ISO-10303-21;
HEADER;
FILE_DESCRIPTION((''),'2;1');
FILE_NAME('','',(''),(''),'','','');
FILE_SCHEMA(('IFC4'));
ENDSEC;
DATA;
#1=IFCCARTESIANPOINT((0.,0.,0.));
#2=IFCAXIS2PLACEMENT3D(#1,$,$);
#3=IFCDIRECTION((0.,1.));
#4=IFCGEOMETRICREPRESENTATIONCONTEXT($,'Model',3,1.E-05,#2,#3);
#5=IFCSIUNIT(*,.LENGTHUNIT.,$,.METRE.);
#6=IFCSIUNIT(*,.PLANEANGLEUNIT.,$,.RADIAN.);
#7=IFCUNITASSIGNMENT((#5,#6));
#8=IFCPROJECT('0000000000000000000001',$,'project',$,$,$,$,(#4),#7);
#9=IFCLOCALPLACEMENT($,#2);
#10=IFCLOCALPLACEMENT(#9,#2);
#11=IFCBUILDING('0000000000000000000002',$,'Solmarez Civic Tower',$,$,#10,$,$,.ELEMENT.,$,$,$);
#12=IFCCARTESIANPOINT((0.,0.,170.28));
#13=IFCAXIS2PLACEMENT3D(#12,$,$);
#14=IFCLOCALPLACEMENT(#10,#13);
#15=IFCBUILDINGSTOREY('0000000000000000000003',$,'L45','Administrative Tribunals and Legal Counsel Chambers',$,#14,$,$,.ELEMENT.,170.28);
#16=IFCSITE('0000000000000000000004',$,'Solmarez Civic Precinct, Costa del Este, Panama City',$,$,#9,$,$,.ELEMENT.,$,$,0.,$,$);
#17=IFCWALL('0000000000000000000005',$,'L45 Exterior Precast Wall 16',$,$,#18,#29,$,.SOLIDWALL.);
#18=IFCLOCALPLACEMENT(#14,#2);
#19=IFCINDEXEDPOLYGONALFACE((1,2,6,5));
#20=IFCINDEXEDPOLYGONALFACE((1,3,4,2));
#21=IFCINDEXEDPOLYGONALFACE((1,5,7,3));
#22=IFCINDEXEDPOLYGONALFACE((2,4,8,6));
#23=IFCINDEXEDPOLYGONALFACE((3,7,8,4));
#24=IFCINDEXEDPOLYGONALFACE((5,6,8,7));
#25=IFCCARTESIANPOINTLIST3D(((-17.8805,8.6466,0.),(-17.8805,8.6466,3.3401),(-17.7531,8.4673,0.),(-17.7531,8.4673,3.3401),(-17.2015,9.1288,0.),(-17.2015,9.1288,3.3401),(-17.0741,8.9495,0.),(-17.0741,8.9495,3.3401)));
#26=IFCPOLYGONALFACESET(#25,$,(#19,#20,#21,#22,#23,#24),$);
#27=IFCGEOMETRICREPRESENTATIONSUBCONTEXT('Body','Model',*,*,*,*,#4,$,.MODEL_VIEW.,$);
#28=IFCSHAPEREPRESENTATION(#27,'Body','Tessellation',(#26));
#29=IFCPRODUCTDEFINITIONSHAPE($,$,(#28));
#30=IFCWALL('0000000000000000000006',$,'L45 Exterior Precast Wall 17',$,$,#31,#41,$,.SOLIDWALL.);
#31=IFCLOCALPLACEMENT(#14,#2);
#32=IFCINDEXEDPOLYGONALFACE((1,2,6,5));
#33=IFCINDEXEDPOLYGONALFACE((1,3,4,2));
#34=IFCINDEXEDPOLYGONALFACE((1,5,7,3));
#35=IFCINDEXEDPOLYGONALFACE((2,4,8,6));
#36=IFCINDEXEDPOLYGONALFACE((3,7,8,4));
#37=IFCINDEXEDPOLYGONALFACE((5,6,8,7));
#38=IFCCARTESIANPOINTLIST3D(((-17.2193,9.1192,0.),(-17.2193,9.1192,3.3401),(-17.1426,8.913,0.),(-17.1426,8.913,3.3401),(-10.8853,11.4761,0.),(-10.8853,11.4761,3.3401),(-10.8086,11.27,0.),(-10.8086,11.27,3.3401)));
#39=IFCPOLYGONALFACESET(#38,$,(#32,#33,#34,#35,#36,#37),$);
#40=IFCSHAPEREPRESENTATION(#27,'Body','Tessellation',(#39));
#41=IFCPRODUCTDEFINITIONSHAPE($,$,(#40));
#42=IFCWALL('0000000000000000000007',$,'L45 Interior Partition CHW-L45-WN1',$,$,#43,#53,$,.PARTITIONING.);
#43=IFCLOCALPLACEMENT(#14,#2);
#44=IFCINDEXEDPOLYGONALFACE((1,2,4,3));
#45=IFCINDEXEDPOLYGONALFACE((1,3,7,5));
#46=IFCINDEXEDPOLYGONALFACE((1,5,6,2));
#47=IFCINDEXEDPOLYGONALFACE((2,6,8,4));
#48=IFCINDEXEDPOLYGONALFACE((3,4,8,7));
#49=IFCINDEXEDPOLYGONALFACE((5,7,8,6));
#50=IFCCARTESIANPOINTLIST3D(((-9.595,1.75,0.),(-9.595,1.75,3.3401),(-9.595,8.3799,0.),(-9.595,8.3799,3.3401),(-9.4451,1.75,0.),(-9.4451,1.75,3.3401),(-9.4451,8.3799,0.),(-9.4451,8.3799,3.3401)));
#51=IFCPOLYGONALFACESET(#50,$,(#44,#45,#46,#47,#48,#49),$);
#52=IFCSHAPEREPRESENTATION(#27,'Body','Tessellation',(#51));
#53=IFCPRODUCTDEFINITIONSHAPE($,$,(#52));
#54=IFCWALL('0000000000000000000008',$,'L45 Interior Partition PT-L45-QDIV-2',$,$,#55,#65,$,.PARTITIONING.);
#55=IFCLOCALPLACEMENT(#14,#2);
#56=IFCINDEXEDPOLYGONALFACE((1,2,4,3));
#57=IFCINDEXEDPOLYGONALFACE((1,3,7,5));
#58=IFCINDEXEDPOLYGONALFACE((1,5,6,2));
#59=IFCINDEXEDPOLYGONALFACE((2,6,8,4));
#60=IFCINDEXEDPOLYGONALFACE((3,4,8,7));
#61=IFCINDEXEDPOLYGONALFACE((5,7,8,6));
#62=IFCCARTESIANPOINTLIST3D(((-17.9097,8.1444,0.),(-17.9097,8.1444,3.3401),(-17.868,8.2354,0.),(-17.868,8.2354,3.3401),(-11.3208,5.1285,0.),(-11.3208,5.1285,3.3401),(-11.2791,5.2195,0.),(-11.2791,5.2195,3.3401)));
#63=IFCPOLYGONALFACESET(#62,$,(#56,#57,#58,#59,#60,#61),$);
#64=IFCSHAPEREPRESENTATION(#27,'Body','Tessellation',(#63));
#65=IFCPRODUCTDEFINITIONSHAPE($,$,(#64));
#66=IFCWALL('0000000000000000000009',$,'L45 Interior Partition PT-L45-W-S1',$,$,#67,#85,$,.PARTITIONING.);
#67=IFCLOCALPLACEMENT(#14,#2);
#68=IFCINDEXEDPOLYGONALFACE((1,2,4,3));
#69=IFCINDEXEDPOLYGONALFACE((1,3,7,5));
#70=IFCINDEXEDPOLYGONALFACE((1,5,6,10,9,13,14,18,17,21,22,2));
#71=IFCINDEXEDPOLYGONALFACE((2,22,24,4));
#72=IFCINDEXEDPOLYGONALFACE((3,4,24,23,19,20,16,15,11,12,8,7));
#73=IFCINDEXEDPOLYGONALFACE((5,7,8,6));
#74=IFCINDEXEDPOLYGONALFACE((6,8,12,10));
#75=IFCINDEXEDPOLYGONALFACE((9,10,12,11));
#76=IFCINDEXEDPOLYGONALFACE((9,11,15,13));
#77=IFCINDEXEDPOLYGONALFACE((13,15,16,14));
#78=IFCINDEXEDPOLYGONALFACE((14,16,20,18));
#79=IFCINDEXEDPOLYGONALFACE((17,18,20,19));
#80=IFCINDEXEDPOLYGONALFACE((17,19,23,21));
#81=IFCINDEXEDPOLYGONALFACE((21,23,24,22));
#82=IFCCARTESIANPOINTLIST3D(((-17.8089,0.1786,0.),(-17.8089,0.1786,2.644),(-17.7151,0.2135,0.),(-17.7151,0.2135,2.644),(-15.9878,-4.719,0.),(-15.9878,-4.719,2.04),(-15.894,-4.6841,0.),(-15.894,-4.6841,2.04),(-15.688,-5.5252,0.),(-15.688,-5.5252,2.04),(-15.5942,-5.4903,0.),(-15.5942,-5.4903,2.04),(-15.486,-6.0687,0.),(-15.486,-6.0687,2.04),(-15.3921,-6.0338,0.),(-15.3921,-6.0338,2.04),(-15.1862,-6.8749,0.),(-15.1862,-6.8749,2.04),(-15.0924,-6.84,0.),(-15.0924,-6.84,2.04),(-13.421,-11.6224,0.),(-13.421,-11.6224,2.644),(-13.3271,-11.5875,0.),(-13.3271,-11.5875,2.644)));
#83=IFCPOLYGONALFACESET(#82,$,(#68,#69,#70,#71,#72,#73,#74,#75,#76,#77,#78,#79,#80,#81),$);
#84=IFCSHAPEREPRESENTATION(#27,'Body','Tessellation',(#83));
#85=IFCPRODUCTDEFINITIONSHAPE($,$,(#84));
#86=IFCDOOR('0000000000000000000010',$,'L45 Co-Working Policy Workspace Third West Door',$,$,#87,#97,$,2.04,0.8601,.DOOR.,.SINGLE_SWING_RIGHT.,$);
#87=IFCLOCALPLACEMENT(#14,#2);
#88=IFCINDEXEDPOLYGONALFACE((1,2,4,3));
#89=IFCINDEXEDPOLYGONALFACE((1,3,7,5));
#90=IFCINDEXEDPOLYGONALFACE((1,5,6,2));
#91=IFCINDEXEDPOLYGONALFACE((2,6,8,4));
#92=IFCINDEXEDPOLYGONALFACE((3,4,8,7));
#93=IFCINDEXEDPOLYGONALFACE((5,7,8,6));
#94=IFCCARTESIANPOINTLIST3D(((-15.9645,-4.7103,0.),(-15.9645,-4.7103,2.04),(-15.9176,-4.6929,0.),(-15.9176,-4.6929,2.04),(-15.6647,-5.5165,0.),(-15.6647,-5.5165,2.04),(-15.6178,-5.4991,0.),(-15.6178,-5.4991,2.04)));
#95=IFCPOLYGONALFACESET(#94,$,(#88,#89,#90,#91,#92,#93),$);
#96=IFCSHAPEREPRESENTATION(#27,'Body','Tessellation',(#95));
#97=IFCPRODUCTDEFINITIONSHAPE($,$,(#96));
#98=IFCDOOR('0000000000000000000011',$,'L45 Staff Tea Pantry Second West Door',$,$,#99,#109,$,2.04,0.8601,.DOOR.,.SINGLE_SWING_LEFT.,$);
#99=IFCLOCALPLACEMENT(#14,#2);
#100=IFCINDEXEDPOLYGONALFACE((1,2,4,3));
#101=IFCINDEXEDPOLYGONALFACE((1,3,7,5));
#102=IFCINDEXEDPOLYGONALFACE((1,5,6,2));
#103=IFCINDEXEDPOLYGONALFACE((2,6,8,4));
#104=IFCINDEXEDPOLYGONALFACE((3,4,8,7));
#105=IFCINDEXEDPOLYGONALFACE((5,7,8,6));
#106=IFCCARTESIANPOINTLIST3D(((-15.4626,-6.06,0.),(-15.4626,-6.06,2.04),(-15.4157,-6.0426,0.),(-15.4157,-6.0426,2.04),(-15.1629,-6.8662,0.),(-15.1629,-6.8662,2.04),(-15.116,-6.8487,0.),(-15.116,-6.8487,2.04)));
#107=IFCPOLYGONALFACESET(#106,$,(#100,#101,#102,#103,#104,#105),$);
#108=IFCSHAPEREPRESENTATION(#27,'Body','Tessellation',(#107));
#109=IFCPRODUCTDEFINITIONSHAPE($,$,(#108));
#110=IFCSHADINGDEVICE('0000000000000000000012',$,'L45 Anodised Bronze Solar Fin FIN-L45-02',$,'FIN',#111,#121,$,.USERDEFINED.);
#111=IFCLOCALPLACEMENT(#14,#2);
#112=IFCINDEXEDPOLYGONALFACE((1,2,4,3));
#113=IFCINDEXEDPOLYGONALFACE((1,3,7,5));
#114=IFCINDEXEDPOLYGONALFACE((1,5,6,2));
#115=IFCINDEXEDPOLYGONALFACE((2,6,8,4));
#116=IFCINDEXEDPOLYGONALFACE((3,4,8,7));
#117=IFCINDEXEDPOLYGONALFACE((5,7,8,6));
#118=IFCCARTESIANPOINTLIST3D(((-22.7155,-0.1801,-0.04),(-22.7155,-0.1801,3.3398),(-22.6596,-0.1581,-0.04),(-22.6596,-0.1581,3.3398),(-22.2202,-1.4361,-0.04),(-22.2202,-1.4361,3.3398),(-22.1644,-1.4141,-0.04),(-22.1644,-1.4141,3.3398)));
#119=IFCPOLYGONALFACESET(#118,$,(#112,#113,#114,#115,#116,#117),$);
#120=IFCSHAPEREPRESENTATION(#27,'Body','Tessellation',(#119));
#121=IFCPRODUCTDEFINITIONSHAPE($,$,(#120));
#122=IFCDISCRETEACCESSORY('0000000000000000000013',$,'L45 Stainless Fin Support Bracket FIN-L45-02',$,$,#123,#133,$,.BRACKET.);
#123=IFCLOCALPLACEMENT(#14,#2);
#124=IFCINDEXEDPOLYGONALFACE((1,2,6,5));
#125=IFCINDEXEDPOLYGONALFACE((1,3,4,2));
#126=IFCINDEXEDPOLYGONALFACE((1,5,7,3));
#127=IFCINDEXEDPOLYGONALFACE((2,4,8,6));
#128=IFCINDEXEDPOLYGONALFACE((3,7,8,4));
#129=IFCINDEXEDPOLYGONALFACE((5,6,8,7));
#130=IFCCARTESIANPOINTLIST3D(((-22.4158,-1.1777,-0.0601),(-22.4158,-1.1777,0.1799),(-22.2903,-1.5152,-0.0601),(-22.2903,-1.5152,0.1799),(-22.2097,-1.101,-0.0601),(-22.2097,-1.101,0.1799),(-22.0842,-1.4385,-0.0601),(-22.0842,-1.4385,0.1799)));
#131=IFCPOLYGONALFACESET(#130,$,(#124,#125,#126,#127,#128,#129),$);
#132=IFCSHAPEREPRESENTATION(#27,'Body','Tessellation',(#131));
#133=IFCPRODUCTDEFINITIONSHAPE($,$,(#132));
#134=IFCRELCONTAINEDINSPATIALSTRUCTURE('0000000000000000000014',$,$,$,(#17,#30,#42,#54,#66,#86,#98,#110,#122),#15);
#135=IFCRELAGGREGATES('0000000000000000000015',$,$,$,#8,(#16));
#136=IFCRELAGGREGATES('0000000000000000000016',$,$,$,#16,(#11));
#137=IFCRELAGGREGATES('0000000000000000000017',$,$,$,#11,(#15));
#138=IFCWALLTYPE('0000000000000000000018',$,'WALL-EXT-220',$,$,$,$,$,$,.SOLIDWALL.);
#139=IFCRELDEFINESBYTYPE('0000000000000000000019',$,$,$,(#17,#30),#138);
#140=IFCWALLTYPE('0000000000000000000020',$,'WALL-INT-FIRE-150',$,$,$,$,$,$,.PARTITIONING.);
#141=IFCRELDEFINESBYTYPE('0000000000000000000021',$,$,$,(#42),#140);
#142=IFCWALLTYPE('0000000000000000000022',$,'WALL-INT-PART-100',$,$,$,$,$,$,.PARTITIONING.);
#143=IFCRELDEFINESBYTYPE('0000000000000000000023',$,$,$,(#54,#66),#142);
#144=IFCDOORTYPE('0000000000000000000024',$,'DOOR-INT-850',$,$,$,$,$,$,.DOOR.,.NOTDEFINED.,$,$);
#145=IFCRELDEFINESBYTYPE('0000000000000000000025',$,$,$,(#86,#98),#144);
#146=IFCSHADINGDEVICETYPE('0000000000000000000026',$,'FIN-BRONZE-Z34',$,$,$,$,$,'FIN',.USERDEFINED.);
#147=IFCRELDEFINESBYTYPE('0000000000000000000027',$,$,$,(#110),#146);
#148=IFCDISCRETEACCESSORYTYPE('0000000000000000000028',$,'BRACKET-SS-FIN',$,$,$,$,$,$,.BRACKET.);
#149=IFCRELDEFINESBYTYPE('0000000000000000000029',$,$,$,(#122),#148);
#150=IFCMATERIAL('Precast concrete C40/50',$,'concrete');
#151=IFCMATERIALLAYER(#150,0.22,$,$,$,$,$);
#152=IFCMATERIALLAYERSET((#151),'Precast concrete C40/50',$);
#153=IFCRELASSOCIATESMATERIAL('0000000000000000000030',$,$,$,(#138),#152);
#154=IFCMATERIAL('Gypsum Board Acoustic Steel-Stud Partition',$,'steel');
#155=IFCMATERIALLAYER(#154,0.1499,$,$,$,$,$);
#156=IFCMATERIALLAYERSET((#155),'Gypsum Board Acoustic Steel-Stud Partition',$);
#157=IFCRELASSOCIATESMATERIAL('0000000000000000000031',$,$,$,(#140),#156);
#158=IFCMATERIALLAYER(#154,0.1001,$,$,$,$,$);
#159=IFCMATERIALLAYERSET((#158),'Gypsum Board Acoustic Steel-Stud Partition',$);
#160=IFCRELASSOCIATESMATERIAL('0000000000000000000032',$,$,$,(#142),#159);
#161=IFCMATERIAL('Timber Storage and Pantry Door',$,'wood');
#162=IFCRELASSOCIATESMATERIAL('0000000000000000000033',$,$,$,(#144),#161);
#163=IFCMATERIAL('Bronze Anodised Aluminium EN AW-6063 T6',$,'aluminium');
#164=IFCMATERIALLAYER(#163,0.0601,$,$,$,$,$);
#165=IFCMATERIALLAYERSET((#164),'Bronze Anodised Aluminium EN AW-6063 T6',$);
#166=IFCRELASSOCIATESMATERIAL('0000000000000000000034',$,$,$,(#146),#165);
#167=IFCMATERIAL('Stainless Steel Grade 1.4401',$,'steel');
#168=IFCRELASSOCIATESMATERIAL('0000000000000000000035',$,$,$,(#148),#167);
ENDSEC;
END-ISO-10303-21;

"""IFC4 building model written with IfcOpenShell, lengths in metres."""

from ifc_helpers import new_model, si_unit, direction, frame, frame_2d, origin, origin_2d, place, context, subcontext, project, spatial, rectangle, extrude, material, layer, layer_set, type_object, element, fill, save


model = new_model("IFC4")

# Units and contexts
model_context = context("Model", 3, precision=1e-05, world=origin(), true_north=direction((0.0, 1.0)))
body_context = subcontext(model_context, "Body", "Model", "MODEL_VIEW")
ifc_project = project(units=[si_unit("LENGTHUNIT", "METRE"), si_unit("PLANEANGLEUNIT", "RADIAN")], contexts=[model_context])

# Site, building, storey
site_placement = place(None, origin())
site = spatial("IfcSite", under=ifc_project, at=site_placement, Name="Solmarez Civic Precinct, Costa del Este, Panama City", CompositionType="ELEMENT", RefElevation=0.0)
building_placement = place(site_placement, origin())
building = spatial("IfcBuilding", under=site, at=building_placement, Name="Solmarez Civic Tower", CompositionType="ELEMENT")
storey_placement = place(building_placement, frame((0.0, 0.0, 170.28)))
storey = spatial("IfcBuildingStorey", under=building, at=storey_placement, Name="L45", Description="Administrative Tribunals and Legal Counsel Chambers", CompositionType="ELEMENT", Elevation=170.28)

# Shared definitions
ifc_material_1 = material(Name="Precast concrete C40/50", Category="concrete")
ifc_layer_1 = layer(ifc_material_1, 0.22)
ifc_layer_set_1 = layer_set([ifc_layer_1], Name="Precast concrete C40/50")
wall_type_1 = type_object("IfcWallType", Name="WALL-EXT-220", PredefinedType="SOLIDWALL", material=ifc_layer_set_1)

# Walls
wall_1_placement = place(storey_placement, frame((-17.8169, 8.5569, 0.0), z_axis=(0.0, 0.0, 1.0), x_axis=(0.815315, 0.579017, 0.0)))
element("IfcWall", 1, at=wall_1_placement, inside=storey, type_object=wall_type_1, Name="L45 Exterior Precast Wall 16", PredefinedType="SOLIDWALL", context=body_context, shape_type="SweptSolid", body=[
    extrude(rectangle(XDim=0.8328, YDim=0.22, at=frame_2d((0.4165, 0.0))), origin(), (0.0, 0.0, 1.0), 3.3401),
])
wall_2_placement = place(storey_placement, frame((-17.1809, 9.0161, 0.0), z_axis=(0.0, 0.0, 1.0), x_axis=(0.937217, 0.348747, 0.0)))
element("IfcWall", 2, at=wall_2_placement, inside=storey, type_object=wall_type_1, Name="L45 Exterior Precast Wall 17", PredefinedType="SOLIDWALL", context=body_context, shape_type="SweptSolid", body=[
    extrude(rectangle(XDim=6.7583, YDim=0.22, at=frame_2d((3.3792, 0.0))), origin(), (0.0, 0.0, 1.0), 3.3401),
])
ifc_material_2 = material(Name="Gypsum Board Acoustic Steel-Stud Partition", Category="steel")
ifc_layer_2 = layer(ifc_material_2, 0.1499)
ifc_layer_set_2 = layer_set([ifc_layer_2], Name="Gypsum Board Acoustic Steel-Stud Partition")
wall_type_2 = type_object("IfcWallType", Name="WALL-INT-FIRE-150", PredefinedType="PARTITIONING", material=ifc_layer_set_2)
wall_3_placement = place(storey_placement, frame((-9.52, 1.75, 0.0), z_axis=(0.0, 0.0, 1.0), x_axis=(0.0, 1.0, 0.0)))
element("IfcWall", 3, at=wall_3_placement, inside=storey, type_object=wall_type_2, Name="L45 Interior Partition CHW-L45-WN1", PredefinedType="PARTITIONING", context=body_context, shape_type="SweptSolid", body=[
    extrude(rectangle(XDim=6.6299, YDim=0.1499, at=frame_2d((3.3149, 0.0))), origin(), (0.0, 0.0, 1.0), 3.3401),
])
ifc_layer_3 = layer(ifc_material_2, 0.1001)
ifc_layer_set_3 = layer_set([ifc_layer_3], Name="Gypsum Board Acoustic Steel-Stud Partition")
wall_type_3 = type_object("IfcWallType", Name="WALL-INT-PART-100", PredefinedType="PARTITIONING", material=ifc_layer_set_3)
wall_4_placement = place(storey_placement, frame((-11.3, 5.1741, 0.0), z_axis=(0.0, 0.0, 1.0), x_axis=(-0.909275, 0.416195, 0.0)))
element("IfcWall", 4, at=wall_4_placement, inside=storey, type_object=wall_type_3, Name="L45 Interior Partition PT-L45-QDIV-2", PredefinedType="PARTITIONING", context=body_context, shape_type="SweptSolid", body=[
    extrude(rectangle(XDim=7.2463, YDim=0.1001, at=frame_2d((3.623, 0.0))), origin(), (0.0, 0.0, 1.0), 3.3401),
])

# Wall, openings, doors
wall_5_placement = place(storey_placement, frame((-17.762, 0.196, 0.0), z_axis=(0.0, 0.0, 1.0), x_axis=(0.348515, -0.937303, 0.0)))
wall_5 = element("IfcWall", 5, at=wall_5_placement, inside=storey, type_object=wall_type_3, Name="L45 Interior Partition PT-L45-W-S1", PredefinedType="PARTITIONING", context=body_context, shape_type="SweptSolid", body=[
    extrude(rectangle(XDim=12.5903, YDim=0.1001, at=frame_2d((6.2952, 0.0))), origin(), (0.0, 0.0, 1.0), 2.644),
])
opening_1_placement = place(wall_5_placement, frame((5.2251, 0.0, 0.0)))
opening_1 = element("IfcOpeningElement", 6, at=opening_1_placement, cuts=wall_5, PredefinedType="OPENING", context=body_context, shape_type="SweptSolid", body=[
    extrude(rectangle(XDim=0.8601, YDim=2.04, at=frame_2d((0.4302, 1.02))), frame((0.0, 0.0601, 0.0), z_axis=(0.0, -1.0, 0.0), x_axis=(1.0, 0.0, 0.0)), (0.0, 0.0, 1.0), 0.1201),
])
opening_2_placement = place(wall_5_placement, frame((6.665, 0.0, 0.0)))
opening_2 = element("IfcOpeningElement", 7, at=opening_2_placement, cuts=wall_5, PredefinedType="OPENING", context=body_context, shape_type="SweptSolid", body=[
    extrude(rectangle(XDim=0.8601, YDim=2.04, at=frame_2d((0.4302, 1.02))), frame((0.0, 0.0601, 0.0), z_axis=(0.0, -1.0, 0.0), x_axis=(1.0, 0.0, 0.0)), (0.0, 0.0, 1.0), 0.1201),
])
ifc_material_3 = material(Name="Timber Storage and Pantry Door", Category="wood")
door_type = type_object("IfcDoorType", Name="DOOR-INT-850", OperationType="NOTDEFINED", PredefinedType="DOOR", material=ifc_material_3)
door_1_placement = place(opening_1_placement, origin())
door_1 = element("IfcDoor", 8, at=door_1_placement, inside=storey, type_object=door_type, Name="L45 Co-Working Policy Workspace Third West Door", OperationType="SINGLE_SWING_RIGHT", OverallHeight=2.04, OverallWidth=0.8601, PredefinedType="DOOR", context=body_context, shape_type="SweptSolid", body=[
    extrude(rectangle(XDim=0.8601, YDim=2.04, at=frame_2d((0.4302, 1.02))), frame((0.0, 0.0249, 0.0), z_axis=(0.0, -1.0, 0.0), x_axis=(1.0, 0.0, 0.0)), (0.0, 0.0, 1.0), 0.05),
])
fill(opening_1, door_1)
door_2_placement = place(opening_2_placement, origin())
door_2 = element("IfcDoor", 9, at=door_2_placement, inside=storey, type_object=door_type, Name="L45 Staff Tea Pantry Second West Door", OperationType="SINGLE_SWING_LEFT", OverallHeight=2.04, OverallWidth=0.8601, PredefinedType="DOOR", context=body_context, shape_type="SweptSolid", body=[
    extrude(rectangle(XDim=0.8601, YDim=2.04, at=frame_2d((0.4302, 1.02))), frame((0.0, 0.0249, 0.0), z_axis=(0.0, -1.0, 0.0), x_axis=(1.0, 0.0, 0.0)), (0.0, 0.0, 1.0), 0.05),
])
fill(opening_2, door_2)

# Shading device
ifc_material_4 = material(Name="Bronze Anodised Aluminium EN AW-6063 T6", Category="aluminium")
ifc_layer_4 = layer(ifc_material_4, 0.0601)
ifc_layer_set_4 = layer_set([ifc_layer_4], Name="Bronze Anodised Aluminium EN AW-6063 T6")
shading_device_type = type_object("IfcShadingDeviceType", Name="FIN-BRONZE-Z34", ElementType="FIN", PredefinedType="USERDEFINED", material=ifc_layer_set_4)
shading_device_placement = place(storey_placement, frame((-22.4399, -0.7971, -0.04), z_axis=(0.0, 0.0, 1.0), x_axis=(-0.366842, 0.930283, 0.0)))
element("IfcShadingDevice", 10, at=shading_device_placement, inside=storey, type_object=shading_device_type, Name="L45 Anodised Bronze Solar Fin FIN-L45-02", ObjectType="FIN", PredefinedType="USERDEFINED", context=body_context, shape_type="SweptSolid", body=[
    extrude(rectangle(XDim=1.3501, YDim=0.0601, at=origin_2d()), origin(), (0.0, 0.0, 1.0), 3.3799),
])

# Discrete accessory
ifc_material_5 = material(Name="Stainless Steel Grade 1.4401", Category="steel")
discrete_accessory_type = type_object("IfcDiscreteAccessoryType", Name="BRACKET-SS-FIN", PredefinedType="BRACKET", material=ifc_material_5)
discrete_accessory_placement = place(storey_placement, frame((-22.25, -1.3081, -0.0601), z_axis=(0.0, 0.0, 1.0), x_axis=(-0.348537, 0.937295, 0.0)))
element("IfcDiscreteAccessory", 11, at=discrete_accessory_placement, inside=storey, type_object=discrete_accessory_type, Name="L45 Stainless Fin Support Bracket FIN-L45-02", PredefinedType="BRACKET", context=body_context, shape_type="SweptSolid", body=[
    extrude(rectangle(XDim=0.3601, YDim=0.22, at=origin_2d()), origin(), (0.0, 0.0, 1.0), 0.24),
])

save(model, "model.ifc")
